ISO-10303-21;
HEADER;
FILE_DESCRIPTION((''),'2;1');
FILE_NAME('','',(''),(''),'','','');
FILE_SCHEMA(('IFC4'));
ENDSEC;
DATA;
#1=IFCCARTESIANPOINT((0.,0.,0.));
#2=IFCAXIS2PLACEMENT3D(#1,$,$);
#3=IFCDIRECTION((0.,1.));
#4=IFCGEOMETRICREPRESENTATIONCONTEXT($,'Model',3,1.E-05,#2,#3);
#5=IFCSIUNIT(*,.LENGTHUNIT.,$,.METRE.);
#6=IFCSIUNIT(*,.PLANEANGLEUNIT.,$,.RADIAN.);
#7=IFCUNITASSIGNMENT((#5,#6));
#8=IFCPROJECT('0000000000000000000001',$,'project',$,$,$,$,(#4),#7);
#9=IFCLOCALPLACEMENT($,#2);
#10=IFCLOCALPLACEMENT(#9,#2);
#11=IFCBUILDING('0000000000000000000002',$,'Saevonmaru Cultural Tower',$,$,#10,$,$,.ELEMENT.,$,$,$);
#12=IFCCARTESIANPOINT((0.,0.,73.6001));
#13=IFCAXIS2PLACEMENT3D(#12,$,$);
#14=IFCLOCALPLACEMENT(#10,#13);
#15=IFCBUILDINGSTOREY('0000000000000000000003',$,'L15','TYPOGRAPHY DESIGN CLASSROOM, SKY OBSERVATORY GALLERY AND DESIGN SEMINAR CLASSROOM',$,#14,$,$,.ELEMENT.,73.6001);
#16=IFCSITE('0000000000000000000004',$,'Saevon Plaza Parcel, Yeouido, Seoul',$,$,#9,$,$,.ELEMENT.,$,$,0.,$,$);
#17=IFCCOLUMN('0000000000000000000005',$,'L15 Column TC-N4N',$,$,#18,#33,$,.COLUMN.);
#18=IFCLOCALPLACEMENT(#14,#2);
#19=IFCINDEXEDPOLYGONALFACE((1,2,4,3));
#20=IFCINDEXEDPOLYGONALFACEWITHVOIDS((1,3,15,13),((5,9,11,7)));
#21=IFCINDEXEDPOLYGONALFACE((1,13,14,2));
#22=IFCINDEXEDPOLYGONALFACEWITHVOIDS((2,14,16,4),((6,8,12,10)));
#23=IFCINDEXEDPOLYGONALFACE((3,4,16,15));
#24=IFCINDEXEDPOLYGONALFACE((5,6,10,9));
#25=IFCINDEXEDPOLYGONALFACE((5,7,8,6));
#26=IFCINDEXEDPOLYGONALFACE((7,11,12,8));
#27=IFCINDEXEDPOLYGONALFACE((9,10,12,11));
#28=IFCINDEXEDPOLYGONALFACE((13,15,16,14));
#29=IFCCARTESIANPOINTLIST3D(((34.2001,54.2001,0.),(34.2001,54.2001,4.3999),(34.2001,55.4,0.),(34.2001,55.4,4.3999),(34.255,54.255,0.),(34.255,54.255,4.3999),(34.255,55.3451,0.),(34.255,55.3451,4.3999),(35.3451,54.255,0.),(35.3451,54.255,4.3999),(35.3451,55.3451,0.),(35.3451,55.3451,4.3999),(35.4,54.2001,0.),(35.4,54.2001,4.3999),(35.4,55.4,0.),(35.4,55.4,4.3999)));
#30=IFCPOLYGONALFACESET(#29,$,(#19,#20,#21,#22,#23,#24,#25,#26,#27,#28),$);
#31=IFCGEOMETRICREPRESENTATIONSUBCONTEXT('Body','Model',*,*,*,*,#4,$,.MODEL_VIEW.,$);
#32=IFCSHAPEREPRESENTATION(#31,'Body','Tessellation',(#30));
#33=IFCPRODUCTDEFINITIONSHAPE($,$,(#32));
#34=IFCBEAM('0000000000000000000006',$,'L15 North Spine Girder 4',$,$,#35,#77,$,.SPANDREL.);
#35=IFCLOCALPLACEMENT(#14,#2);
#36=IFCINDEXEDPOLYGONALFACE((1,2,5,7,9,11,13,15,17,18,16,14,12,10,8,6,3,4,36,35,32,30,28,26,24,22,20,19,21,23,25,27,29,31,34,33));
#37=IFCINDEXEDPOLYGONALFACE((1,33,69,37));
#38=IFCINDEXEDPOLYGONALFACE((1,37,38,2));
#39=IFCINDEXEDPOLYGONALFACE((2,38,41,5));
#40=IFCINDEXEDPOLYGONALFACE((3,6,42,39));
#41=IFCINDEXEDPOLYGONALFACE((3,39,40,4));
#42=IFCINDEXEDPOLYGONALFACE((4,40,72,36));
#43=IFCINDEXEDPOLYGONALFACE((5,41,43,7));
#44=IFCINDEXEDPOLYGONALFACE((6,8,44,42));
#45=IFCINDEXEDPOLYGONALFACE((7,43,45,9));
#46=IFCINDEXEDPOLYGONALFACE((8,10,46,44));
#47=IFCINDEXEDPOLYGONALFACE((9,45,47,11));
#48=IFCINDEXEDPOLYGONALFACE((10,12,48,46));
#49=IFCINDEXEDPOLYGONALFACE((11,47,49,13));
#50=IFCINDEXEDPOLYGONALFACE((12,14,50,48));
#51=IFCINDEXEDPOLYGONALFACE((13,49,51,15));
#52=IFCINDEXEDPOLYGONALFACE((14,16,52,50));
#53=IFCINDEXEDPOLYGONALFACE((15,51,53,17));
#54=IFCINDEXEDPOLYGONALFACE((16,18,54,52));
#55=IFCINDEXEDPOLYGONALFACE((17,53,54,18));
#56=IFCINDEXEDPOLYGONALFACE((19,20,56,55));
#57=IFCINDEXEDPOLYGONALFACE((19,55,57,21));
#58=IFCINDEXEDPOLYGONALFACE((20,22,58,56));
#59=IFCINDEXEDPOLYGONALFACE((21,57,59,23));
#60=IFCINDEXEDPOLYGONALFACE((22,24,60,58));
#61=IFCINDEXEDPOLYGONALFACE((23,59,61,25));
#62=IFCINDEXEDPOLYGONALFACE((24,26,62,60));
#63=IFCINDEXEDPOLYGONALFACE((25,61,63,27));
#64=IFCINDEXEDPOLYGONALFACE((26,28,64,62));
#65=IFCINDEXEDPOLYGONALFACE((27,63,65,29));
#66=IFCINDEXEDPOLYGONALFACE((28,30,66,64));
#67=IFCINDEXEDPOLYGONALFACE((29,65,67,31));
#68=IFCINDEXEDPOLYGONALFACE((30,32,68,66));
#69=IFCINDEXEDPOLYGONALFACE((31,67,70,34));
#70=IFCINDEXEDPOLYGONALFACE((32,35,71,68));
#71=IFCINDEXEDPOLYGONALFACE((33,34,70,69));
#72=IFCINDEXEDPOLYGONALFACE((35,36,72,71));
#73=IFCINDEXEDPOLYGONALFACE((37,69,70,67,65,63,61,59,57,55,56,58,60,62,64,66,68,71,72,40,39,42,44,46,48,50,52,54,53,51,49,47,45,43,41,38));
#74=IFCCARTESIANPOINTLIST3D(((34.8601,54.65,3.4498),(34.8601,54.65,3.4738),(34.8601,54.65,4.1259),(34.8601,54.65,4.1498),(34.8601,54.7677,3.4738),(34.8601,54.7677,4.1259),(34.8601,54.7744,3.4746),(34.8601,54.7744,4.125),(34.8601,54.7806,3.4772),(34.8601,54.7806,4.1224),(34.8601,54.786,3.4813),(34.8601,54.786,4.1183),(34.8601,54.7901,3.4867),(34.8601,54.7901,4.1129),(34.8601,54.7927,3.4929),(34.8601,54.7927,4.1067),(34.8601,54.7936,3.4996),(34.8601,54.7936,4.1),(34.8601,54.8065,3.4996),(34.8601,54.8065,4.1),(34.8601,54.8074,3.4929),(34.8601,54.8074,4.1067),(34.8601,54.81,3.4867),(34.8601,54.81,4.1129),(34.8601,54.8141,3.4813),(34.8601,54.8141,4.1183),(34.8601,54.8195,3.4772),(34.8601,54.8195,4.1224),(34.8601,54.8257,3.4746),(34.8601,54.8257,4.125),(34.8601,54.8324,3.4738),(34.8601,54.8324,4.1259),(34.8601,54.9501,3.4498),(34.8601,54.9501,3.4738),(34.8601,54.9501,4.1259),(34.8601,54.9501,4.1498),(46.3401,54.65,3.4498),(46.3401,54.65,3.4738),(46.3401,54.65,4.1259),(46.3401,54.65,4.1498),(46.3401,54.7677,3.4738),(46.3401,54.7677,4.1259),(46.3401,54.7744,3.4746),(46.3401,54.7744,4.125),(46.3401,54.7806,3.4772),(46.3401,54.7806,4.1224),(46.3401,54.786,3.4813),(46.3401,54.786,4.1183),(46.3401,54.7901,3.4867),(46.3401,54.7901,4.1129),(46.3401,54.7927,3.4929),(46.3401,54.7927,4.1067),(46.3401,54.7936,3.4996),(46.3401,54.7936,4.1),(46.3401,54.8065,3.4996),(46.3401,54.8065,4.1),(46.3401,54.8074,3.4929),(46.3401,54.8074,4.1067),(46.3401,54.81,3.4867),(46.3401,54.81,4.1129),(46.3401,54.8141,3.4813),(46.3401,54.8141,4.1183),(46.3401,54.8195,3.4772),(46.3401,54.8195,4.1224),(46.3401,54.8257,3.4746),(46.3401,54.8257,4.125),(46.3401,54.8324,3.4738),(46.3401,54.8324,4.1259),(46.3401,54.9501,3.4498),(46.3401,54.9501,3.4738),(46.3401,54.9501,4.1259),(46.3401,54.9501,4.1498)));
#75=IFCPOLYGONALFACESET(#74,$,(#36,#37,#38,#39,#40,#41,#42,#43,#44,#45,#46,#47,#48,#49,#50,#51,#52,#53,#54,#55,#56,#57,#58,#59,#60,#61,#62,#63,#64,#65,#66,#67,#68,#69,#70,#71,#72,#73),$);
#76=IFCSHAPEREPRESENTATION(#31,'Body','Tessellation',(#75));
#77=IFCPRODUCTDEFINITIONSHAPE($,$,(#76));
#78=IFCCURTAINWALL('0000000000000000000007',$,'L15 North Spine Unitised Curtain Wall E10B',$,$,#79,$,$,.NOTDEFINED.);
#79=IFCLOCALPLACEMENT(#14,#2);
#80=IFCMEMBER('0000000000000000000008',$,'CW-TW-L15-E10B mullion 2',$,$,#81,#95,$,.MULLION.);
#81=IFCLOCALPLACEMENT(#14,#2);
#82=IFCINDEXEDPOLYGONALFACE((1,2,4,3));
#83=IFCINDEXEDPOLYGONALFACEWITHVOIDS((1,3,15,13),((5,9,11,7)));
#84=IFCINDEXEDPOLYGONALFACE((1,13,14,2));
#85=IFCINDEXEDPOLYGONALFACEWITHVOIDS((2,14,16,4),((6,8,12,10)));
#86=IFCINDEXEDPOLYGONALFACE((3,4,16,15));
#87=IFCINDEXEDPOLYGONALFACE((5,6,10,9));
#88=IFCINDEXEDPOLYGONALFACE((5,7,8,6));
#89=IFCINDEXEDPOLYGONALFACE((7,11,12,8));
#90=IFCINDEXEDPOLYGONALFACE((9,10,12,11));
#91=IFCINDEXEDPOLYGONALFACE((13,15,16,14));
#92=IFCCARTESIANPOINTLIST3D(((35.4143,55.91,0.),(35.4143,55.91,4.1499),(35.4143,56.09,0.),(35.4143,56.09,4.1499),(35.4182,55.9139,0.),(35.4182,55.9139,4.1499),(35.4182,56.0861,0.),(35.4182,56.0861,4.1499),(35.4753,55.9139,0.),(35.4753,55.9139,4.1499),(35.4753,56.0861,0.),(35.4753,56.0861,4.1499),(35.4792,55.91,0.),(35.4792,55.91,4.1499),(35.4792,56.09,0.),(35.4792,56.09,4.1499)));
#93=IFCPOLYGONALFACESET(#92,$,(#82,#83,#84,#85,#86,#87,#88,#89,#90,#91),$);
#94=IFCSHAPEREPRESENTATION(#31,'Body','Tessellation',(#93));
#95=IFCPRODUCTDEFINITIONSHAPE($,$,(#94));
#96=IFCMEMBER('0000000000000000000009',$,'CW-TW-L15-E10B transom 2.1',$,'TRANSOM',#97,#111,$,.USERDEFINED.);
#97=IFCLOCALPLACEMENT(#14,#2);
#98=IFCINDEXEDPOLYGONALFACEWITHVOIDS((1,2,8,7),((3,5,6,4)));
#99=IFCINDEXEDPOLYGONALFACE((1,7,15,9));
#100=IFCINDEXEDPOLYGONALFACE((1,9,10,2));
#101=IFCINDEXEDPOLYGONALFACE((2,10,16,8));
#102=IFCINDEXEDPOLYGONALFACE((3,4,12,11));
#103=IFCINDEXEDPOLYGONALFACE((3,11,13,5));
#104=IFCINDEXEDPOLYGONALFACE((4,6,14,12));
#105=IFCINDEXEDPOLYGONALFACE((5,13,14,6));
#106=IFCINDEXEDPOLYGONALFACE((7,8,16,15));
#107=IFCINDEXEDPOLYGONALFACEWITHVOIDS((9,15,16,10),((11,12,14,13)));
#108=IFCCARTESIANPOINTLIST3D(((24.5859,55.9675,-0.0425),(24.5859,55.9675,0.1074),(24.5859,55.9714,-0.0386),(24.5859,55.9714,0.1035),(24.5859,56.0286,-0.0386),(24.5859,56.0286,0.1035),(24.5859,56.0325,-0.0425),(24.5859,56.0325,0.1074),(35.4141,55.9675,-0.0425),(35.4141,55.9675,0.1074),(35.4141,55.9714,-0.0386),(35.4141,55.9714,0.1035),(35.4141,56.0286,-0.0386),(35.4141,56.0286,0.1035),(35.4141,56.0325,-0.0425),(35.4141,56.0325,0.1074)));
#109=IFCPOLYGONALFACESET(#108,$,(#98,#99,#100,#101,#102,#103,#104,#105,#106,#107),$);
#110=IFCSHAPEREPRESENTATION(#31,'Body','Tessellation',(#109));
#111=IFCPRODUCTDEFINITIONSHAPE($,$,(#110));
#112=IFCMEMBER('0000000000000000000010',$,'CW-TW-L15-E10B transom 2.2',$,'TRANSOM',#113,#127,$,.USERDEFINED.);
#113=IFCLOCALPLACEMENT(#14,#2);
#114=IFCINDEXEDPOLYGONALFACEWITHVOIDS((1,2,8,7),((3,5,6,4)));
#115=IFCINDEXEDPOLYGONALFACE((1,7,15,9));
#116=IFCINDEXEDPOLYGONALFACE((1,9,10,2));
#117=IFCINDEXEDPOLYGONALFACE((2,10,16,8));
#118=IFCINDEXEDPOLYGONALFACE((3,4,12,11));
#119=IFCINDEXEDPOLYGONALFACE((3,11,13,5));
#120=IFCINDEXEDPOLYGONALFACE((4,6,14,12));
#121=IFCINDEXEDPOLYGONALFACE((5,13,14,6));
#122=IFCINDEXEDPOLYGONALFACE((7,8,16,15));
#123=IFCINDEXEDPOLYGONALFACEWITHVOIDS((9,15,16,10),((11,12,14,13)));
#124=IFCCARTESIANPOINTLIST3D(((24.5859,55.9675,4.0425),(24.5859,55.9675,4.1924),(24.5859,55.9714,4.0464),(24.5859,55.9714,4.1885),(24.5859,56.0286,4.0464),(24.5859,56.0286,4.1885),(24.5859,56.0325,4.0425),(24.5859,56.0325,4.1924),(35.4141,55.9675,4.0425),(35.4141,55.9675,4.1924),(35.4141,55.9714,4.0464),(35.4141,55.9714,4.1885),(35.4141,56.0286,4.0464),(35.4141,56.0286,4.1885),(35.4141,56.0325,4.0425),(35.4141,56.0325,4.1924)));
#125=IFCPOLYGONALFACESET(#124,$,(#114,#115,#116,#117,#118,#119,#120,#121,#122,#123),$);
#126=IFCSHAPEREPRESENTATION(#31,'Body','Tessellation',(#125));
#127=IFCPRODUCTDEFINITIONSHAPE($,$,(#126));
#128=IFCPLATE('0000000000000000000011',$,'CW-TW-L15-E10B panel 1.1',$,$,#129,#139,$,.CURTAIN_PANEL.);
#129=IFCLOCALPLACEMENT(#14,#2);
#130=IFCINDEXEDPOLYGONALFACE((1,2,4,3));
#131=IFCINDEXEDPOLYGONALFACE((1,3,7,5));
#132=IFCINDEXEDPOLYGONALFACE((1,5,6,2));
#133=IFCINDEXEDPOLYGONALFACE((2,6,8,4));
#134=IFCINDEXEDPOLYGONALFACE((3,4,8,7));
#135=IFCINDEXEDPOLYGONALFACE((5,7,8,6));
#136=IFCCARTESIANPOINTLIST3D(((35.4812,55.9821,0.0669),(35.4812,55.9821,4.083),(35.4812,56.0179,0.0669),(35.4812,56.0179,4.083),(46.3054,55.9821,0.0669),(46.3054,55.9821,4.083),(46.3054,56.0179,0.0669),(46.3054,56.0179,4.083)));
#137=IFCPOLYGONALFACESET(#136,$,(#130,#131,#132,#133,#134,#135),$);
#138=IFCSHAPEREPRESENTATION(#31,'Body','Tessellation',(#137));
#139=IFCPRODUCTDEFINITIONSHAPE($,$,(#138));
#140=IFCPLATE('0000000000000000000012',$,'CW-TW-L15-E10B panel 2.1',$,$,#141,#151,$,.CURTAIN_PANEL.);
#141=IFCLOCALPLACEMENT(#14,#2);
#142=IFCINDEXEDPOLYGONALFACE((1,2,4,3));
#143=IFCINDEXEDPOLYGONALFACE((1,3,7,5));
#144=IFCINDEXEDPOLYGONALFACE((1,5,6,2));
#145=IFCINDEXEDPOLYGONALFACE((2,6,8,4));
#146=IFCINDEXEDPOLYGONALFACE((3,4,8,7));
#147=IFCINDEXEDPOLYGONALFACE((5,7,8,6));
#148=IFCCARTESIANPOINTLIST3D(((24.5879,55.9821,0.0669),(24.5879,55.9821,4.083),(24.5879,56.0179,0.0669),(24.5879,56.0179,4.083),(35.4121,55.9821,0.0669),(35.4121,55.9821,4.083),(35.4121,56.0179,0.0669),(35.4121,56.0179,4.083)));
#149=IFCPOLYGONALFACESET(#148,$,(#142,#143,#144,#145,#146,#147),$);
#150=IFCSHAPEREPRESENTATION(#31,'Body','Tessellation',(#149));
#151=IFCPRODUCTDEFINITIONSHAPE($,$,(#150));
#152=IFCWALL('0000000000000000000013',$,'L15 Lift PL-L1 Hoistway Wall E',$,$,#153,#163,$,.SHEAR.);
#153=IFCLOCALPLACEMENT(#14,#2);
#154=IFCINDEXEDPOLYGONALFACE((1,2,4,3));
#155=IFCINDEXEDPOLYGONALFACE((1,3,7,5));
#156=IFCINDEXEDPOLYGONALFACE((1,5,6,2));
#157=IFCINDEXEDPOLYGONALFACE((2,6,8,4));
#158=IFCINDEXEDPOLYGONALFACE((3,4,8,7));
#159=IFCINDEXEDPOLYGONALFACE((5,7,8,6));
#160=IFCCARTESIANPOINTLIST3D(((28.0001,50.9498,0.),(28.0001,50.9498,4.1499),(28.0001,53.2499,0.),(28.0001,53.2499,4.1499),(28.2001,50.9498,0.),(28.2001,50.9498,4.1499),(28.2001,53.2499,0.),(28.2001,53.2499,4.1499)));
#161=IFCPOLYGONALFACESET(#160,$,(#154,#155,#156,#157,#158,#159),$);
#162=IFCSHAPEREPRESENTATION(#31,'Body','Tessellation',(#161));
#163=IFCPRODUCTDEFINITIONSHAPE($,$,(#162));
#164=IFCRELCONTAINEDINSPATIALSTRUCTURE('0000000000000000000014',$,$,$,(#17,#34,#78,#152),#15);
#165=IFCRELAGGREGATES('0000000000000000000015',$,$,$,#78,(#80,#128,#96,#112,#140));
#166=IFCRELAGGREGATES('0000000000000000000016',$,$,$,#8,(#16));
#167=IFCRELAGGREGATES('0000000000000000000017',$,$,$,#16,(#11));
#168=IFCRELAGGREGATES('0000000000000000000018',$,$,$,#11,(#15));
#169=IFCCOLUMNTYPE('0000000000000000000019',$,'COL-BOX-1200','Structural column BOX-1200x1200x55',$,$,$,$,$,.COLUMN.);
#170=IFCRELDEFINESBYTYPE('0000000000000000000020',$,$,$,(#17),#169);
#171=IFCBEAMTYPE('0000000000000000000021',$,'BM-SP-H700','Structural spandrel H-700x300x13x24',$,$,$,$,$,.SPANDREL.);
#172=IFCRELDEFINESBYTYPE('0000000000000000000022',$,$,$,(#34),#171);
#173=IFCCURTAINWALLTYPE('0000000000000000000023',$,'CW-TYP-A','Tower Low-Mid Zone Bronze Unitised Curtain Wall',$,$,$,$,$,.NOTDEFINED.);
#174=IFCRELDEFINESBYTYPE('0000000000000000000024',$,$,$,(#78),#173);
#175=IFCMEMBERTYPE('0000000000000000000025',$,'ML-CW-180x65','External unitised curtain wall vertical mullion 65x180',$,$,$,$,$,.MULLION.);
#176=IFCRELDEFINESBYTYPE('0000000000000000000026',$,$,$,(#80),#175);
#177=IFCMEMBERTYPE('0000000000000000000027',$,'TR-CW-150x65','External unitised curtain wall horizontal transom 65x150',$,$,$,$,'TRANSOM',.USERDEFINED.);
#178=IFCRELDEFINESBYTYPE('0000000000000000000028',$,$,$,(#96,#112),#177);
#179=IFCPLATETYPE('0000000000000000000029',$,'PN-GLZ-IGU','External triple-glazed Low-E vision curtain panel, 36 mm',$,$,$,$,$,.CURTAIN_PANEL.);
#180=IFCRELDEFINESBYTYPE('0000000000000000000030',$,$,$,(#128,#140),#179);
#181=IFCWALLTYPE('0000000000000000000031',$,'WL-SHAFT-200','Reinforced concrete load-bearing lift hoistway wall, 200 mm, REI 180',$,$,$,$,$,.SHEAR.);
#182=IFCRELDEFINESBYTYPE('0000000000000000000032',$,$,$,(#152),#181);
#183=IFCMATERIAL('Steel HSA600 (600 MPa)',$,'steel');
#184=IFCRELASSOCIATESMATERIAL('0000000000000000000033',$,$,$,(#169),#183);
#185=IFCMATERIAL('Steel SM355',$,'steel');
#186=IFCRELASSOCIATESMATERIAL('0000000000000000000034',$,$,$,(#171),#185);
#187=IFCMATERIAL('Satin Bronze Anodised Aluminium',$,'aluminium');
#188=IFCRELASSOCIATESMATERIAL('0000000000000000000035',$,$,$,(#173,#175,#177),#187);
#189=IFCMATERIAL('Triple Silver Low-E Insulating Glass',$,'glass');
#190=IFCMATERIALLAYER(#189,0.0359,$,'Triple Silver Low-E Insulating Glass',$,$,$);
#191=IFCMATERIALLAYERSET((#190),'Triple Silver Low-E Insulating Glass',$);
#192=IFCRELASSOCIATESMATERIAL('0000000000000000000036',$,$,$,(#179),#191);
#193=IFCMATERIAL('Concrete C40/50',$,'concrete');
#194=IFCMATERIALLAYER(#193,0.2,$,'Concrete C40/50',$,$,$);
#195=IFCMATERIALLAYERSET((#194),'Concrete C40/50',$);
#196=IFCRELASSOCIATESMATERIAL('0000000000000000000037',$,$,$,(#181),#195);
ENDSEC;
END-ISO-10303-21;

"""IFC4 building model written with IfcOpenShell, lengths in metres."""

from ifc_helpers import new_model, si_unit, direction, frame, frame_2d, origin, origin_2d, place, context, subcontext, project, spatial, rectangle, hollow_rectangle, i_section, extrude, material, layer, layer_set, material_profile, profile_set, type_object, element, aggregate, save


model = new_model("IFC4")

# Units and contexts
model_context = context("Model", 3, precision=1e-05, world=origin(), true_north=direction((0.0, 1.0)))
body_context = subcontext(model_context, "Body", "Model", "MODEL_VIEW")
ifc_project = project(units=[si_unit("LENGTHUNIT", "METRE"), si_unit("PLANEANGLEUNIT", "RADIAN")], contexts=[model_context])

# Site, building, storey
site_placement = place(None, origin())
site = spatial("IfcSite", under=ifc_project, at=site_placement, Name="Saevon Plaza Parcel, Yeouido, Seoul", CompositionType="ELEMENT", RefElevation=0.0)
building_placement = place(site_placement, origin())
building = spatial("IfcBuilding", under=site, at=building_placement, Name="Saevonmaru Cultural Tower", CompositionType="ELEMENT")
storey_placement = place(building_placement, frame((0.0, 0.0, 73.6001)))
storey = spatial("IfcBuildingStorey", under=building, at=storey_placement, Name="L15", Description="TYPOGRAPHY DESIGN CLASSROOM, SKY OBSERVATORY GALLERY AND DESIGN SEMINAR CLASSROOM", CompositionType="ELEMENT", Elevation=73.6001)

# Column
ifc_material_1 = material(Name="Steel HSA600 (600 MPa)", Category="steel")
ifc_material_profile_1 = material_profile(ifc_material_1, hollow_rectangle(XDim=1.2, YDim=1.2, WallThickness=0.0549, at=origin_2d()), Name="BOX-1200x1200x55")
ifc_profile_set_1 = profile_set([ifc_material_profile_1], Name="Steel HSA600 (600 MPa)")
column_type = type_object("IfcColumnType", Name="COL-BOX-1200", Description="Structural column BOX-1200x1200x55", PredefinedType="COLUMN", material=ifc_profile_set_1)
column_placement = place(storey_placement, frame((34.8, 54.8, 0.0), z_axis=(0.0, 0.0, 1.0), x_axis=(1.0, 0.0, 0.0)))
element("IfcColumn", 1, at=column_placement, inside=storey, type_object=column_type, Name="L15 Column TC-N4N", PredefinedType="COLUMN", context=body_context, shape_type="SweptSolid", body=[
    extrude(hollow_rectangle(XDim=1.2, YDim=1.2, WallThickness=0.0549, at=origin_2d()), origin(), (0.0, 0.0, 1.0), 4.3999),
])

# Beam
ifc_material_2 = material(Name="Steel SM355", Category="steel")
ifc_material_profile_2 = material_profile(ifc_material_2, i_section(OverallWidth=0.3, OverallDepth=0.7, WebThickness=0.0129, FlangeThickness=0.0239, FilletRadius=0.0259, at=origin_2d()), Name="H-700x300x13x24")
ifc_profile_set_2 = profile_set([ifc_material_profile_2], Name="Steel SM355")
beam_type = type_object("IfcBeamType", Name="BM-SP-H700", Description="Structural spandrel H-700x300x13x24", PredefinedType="SPANDREL", material=ifc_profile_set_2)
beam_placement = place(storey_placement, frame((34.8601, 54.8, 3.7998), z_axis=(1.0, 0.0, 0.0), x_axis=(0.0, 1.0, 0.0)))
element("IfcBeam", 2, at=beam_placement, inside=storey, type_object=beam_type, Name="L15 North Spine Girder 4", PredefinedType="SPANDREL", context=body_context, shape_type="SweptSolid", body=[
    extrude(i_section(OverallWidth=0.3, OverallDepth=0.7, WebThickness=0.0129, FlangeThickness=0.0239, FilletRadius=0.0259, at=origin_2d()), origin(), (0.0, 0.0, 1.0), 11.48),
])

# Curtain wall, members, plates
ifc_material_3 = material(Name="Satin Bronze Anodised Aluminium", Category="aluminium")
curtain_wall_type = type_object("IfcCurtainWallType", Name="CW-TYP-A", Description="Tower Low-Mid Zone Bronze Unitised Curtain Wall", PredefinedType="NOTDEFINED", material=ifc_material_3)
curtain_wall_placement = place(storey_placement, origin())
curtain_wall = element("IfcCurtainWall", 3, at=curtain_wall_placement, inside=storey, type_object=curtain_wall_type, Name="L15 North Spine Unitised Curtain Wall E10B", PredefinedType="NOTDEFINED")
ifc_material_profile_3 = material_profile(ifc_material_3, hollow_rectangle(XDim=0.0649, YDim=0.1799, WallThickness=0.0039, at=origin_2d()), Name="ALU-MULL-180x65x4")
ifc_profile_set_3 = profile_set([ifc_material_profile_3], Name="Satin Bronze Anodised Aluminium")
member_type_1 = type_object("IfcMemberType", Name="ML-CW-180x65", Description="External unitised curtain wall vertical mullion 65x180", PredefinedType="MULLION", material=ifc_profile_set_3)
member_1_placement = place(storey_placement, frame((35.4468, 56.0, 0.0), z_axis=(0.0, 0.0, 1.0), x_axis=(-1.0, 0.0, 0.0)))
member_1 = element("IfcMember", 4, at=member_1_placement, type_object=member_type_1, Name="CW-TW-L15-E10B mullion 2", PredefinedType="MULLION", context=body_context, shape_type="SweptSolid", body=[
    extrude(hollow_rectangle(XDim=0.0649, YDim=0.1799, WallThickness=0.0039, at=origin_2d()), origin(), (0.0, 0.0, 1.0), 4.1499),
])
ifc_material_profile_4 = material_profile(ifc_material_3, hollow_rectangle(XDim=0.0649, YDim=0.1499, WallThickness=0.0039, at=origin_2d()), Name="ALU-TRAN-150x65x4")
ifc_profile_set_4 = profile_set([ifc_material_profile_4], Name="Satin Bronze Anodised Aluminium")
member_type_2 = type_object("IfcMemberType", Name="TR-CW-150x65", Description="External unitised curtain wall horizontal transom 65x150", ElementType="TRANSOM", PredefinedType="USERDEFINED", material=ifc_profile_set_4)
member_2_placement = place(storey_placement, frame((35.4141, 56.0, 0.0325), z_axis=(-1.0, 0.0, 0.0), x_axis=(0.0, -1.0, 0.0)))
member_2 = element("IfcMember", 5, at=member_2_placement, type_object=member_type_2, Name="CW-TW-L15-E10B transom 2.1", ObjectType="TRANSOM", PredefinedType="USERDEFINED", context=body_context, shape_type="SweptSolid", body=[
    extrude(hollow_rectangle(XDim=0.0649, YDim=0.1499, WallThickness=0.0039, at=origin_2d()), origin(), (0.0, 0.0, 1.0), 10.8281),
])
member_3_placement = place(storey_placement, frame((35.4141, 56.0, 4.1174), z_axis=(-1.0, 0.0, 0.0), x_axis=(0.0, -1.0, 0.0)))
member_3 = element("IfcMember", 6, at=member_3_placement, type_object=member_type_2, Name="CW-TW-L15-E10B transom 2.2", ObjectType="TRANSOM", PredefinedType="USERDEFINED", context=body_context, shape_type="SweptSolid", body=[
    extrude(hollow_rectangle(XDim=0.0649, YDim=0.1499, WallThickness=0.0039, at=origin_2d()), origin(), (0.0, 0.0, 1.0), 10.8281),
])
ifc_material_4 = material(Name="Triple Silver Low-E Insulating Glass", Category="glass")
ifc_layer_1 = layer(ifc_material_4, 0.0359, Name="Triple Silver Low-E Insulating Glass")
ifc_layer_set_1 = layer_set([ifc_layer_1], Name="Triple Silver Low-E Insulating Glass")
plate_type = type_object("IfcPlateType", Name="PN-GLZ-IGU", Description="External triple-glazed Low-E vision curtain panel, 36 mm", PredefinedType="CURTAIN_PANEL", material=ifc_layer_set_1)
plate_1_placement = place(storey_placement, frame((40.8933, 56.0, 0.0669), z_axis=(0.0, 0.0, 1.0), x_axis=(-1.0, 0.0, 0.0)))
plate_1 = element("IfcPlate", 7, at=plate_1_placement, type_object=plate_type, Name="CW-TW-L15-E10B panel 1.1", PredefinedType="CURTAIN_PANEL", context=body_context, shape_type="SweptSolid", body=[
    extrude(rectangle(XDim=10.8242, YDim=0.0359, at=origin_2d()), origin(), (0.0, 0.0, 1.0), 4.0161),
])
plate_2_placement = place(storey_placement, frame((30.0, 56.0, 0.0669), z_axis=(0.0, 0.0, 1.0), x_axis=(-1.0, 0.0, 0.0)))
plate_2 = element("IfcPlate", 8, at=plate_2_placement, type_object=plate_type, Name="CW-TW-L15-E10B panel 2.1", PredefinedType="CURTAIN_PANEL", context=body_context, shape_type="SweptSolid", body=[
    extrude(rectangle(XDim=10.8242, YDim=0.0359, at=origin_2d()), origin(), (0.0, 0.0, 1.0), 4.0161),
])
aggregate(curtain_wall, [member_1, plate_1, member_2, member_3, plate_2])

# Wall
ifc_material_5 = material(Name="Concrete C40/50", Category="concrete")
ifc_layer_2 = layer(ifc_material_5, 0.2, Name="Concrete C40/50")
ifc_layer_set_2 = layer_set([ifc_layer_2], Name="Concrete C40/50")
wall_type_1 = type_object("IfcWallType", Name="WL-SHAFT-200", Description="Reinforced concrete load-bearing lift hoistway wall, 200 mm, REI 180", PredefinedType="SHEAR", material=ifc_layer_set_2)
wall_1_placement = place(storey_placement, frame((28.1001, 50.95, 0.0), z_axis=(0.0, 0.0, 1.0), x_axis=(0.0, 1.0, 0.0)))
element("IfcWall", 9, at=wall_1_placement, inside=storey, type_object=wall_type_1, Name="L15 Lift PL-L1 Hoistway Wall E", PredefinedType="SHEAR", context=body_context, shape_type="SweptSolid", body=[
    extrude(rectangle(XDim=2.3, YDim=0.2, at=frame_2d((1.1499, 0.0))), origin(), (0.0, 0.0, 1.0), 4.1499),
])

save(model, "model.ifc")
